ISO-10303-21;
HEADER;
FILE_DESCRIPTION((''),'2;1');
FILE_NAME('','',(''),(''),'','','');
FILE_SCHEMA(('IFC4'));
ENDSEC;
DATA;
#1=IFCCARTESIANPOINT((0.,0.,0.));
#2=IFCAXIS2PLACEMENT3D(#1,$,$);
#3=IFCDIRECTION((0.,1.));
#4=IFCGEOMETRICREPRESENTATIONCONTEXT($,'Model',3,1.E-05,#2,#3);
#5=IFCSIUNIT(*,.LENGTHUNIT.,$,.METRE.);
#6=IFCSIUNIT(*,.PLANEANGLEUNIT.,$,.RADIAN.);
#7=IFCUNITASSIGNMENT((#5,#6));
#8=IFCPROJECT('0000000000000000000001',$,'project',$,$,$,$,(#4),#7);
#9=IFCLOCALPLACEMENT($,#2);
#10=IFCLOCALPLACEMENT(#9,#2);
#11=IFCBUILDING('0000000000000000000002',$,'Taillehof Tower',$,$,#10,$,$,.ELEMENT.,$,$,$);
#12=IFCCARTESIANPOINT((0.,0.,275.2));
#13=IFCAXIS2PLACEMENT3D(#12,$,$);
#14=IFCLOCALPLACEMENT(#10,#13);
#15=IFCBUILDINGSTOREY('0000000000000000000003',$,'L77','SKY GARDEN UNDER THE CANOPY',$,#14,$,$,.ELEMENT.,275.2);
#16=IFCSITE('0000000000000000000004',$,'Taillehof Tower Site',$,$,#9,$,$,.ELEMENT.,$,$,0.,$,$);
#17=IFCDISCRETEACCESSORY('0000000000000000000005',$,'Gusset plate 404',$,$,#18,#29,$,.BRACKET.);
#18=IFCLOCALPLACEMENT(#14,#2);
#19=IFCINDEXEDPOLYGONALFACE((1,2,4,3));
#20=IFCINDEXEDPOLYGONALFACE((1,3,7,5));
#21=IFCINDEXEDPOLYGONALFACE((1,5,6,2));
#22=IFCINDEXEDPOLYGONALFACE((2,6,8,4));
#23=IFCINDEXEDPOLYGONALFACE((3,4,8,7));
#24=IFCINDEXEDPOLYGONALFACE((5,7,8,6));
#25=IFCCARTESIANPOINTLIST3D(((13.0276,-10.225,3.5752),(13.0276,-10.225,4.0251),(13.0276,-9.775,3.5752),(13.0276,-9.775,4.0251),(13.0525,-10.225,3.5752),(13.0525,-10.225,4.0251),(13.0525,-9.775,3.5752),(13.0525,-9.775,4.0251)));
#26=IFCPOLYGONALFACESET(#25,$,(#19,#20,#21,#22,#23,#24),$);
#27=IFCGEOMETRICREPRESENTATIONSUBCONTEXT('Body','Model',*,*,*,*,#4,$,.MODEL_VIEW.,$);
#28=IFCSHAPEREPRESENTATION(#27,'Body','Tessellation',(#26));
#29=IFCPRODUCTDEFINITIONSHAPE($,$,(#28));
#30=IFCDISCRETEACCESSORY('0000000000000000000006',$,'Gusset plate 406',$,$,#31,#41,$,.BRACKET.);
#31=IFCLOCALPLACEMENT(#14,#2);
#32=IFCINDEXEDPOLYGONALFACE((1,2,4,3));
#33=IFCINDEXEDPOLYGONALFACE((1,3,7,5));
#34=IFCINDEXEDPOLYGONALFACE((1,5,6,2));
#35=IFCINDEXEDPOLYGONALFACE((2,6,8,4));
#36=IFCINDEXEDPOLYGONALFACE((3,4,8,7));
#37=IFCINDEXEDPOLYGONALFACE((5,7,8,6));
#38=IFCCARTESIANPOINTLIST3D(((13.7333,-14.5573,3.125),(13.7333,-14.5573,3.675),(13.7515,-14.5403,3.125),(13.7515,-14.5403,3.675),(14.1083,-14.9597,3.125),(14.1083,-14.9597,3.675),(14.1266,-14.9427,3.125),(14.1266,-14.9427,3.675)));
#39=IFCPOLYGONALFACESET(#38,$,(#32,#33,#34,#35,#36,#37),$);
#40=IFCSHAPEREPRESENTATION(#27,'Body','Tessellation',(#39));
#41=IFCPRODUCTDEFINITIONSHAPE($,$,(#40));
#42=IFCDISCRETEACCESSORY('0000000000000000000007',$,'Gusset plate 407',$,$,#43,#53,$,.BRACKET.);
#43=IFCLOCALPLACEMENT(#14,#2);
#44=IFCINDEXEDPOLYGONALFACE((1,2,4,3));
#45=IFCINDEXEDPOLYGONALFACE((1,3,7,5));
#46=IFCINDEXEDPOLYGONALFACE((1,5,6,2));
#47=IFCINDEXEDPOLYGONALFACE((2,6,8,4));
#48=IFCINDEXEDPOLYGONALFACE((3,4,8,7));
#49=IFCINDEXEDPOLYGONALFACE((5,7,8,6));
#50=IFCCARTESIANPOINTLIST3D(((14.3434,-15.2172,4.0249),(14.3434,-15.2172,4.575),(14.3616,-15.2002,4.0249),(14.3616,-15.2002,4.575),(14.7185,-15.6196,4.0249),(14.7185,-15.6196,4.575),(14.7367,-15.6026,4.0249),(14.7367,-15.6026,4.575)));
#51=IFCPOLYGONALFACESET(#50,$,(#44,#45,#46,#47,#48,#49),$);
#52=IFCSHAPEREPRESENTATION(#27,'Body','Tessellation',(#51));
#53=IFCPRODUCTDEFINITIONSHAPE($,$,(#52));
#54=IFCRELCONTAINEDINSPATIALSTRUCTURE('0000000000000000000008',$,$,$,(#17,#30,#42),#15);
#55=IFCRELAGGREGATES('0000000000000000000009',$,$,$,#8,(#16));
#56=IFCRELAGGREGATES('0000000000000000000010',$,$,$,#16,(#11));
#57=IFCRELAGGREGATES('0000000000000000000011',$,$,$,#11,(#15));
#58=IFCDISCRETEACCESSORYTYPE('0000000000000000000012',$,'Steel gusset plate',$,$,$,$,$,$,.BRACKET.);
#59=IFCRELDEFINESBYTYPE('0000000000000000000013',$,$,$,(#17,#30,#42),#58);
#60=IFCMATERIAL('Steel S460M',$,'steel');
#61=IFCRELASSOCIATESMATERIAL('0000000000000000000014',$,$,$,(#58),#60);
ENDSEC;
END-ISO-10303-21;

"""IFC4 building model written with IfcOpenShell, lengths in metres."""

from ifc_helpers import new_model, si_unit, direction, frame, origin, origin_2d, place, context, subcontext, project, spatial, rectangle, extrude, material, type_object, element, save


model = new_model("IFC4")

# Units and contexts
model_context = context("Model", 3, precision=1e-05, world=origin(), true_north=direction((0.0, 1.0)))
body_context = subcontext(model_context, "Body", "Model", "MODEL_VIEW")
ifc_project = project(units=[si_unit("LENGTHUNIT", "METRE"), si_unit("PLANEANGLEUNIT", "RADIAN")], contexts=[model_context])

# Site, building, storey
site_placement = place(None, origin())
site = spatial("IfcSite", under=ifc_project, at=site_placement, Name="Taillehof Tower Site", CompositionType="ELEMENT", RefElevation=0.0)
building_placement = place(site_placement, origin())
building = spatial("IfcBuilding", under=site, at=building_placement, Name="Taillehof Tower", CompositionType="ELEMENT")
storey_placement = place(building_placement, frame((0.0, 0.0, 275.2)))
storey = spatial("IfcBuildingStorey", under=building, at=storey_placement, Name="L77", Description="SKY GARDEN UNDER THE CANOPY", CompositionType="ELEMENT", Elevation=275.2)

# Discrete accessories
ifc_material_1 = material(Name="Steel S460M", Category="steel")
discrete_accessory_type_1 = type_object("IfcDiscreteAccessoryType", Name="Steel gusset plate", PredefinedType="BRACKET", material=ifc_material_1)
for number, where, z_axis, x_axis, name in (
    (1, (13.04, -10.0, 3.5752), (0.0, 0.0, 1.0), (0.0, 1.0, 0.0), "Gusset plate 404"),
):
    element("IfcDiscreteAccessory", number, at=place(storey_placement, frame(where, z_axis=z_axis, x_axis=x_axis)), inside=storey, type_object=discrete_accessory_type_1, Name=name, PredefinedType="BRACKET", context=body_context, shape_type="SweptSolid", body=[
        extrude(rectangle(XDim=0.45, YDim=0.0249, at=origin_2d()), origin(), (0.0, 0.0, 1.0), 0.45),
    ])
for number, where, z_axis, x_axis, name in (
    (2, (13.9299, -14.75, 3.125), (0.0, 0.0, 1.0), (-0.681843, 0.731499, 0.0), "Gusset plate 406"),
    (3, (14.54, -15.4099, 4.0249), (0.0, 0.0, 1.0), (-0.681843, 0.731499, 0.0), "Gusset plate 407"),
):
    element("IfcDiscreteAccessory", number, at=place(storey_placement, frame(where, z_axis=z_axis, x_axis=x_axis)), inside=storey, type_object=discrete_accessory_type_1, Name=name, PredefinedType="BRACKET", context=body_context, shape_type="SweptSolid", body=[
        extrude(rectangle(XDim=0.55, YDim=0.0249, at=origin_2d()), origin(), (0.0, 0.0, 1.0), 0.55),
    ])

save(model, "model.ifc")
